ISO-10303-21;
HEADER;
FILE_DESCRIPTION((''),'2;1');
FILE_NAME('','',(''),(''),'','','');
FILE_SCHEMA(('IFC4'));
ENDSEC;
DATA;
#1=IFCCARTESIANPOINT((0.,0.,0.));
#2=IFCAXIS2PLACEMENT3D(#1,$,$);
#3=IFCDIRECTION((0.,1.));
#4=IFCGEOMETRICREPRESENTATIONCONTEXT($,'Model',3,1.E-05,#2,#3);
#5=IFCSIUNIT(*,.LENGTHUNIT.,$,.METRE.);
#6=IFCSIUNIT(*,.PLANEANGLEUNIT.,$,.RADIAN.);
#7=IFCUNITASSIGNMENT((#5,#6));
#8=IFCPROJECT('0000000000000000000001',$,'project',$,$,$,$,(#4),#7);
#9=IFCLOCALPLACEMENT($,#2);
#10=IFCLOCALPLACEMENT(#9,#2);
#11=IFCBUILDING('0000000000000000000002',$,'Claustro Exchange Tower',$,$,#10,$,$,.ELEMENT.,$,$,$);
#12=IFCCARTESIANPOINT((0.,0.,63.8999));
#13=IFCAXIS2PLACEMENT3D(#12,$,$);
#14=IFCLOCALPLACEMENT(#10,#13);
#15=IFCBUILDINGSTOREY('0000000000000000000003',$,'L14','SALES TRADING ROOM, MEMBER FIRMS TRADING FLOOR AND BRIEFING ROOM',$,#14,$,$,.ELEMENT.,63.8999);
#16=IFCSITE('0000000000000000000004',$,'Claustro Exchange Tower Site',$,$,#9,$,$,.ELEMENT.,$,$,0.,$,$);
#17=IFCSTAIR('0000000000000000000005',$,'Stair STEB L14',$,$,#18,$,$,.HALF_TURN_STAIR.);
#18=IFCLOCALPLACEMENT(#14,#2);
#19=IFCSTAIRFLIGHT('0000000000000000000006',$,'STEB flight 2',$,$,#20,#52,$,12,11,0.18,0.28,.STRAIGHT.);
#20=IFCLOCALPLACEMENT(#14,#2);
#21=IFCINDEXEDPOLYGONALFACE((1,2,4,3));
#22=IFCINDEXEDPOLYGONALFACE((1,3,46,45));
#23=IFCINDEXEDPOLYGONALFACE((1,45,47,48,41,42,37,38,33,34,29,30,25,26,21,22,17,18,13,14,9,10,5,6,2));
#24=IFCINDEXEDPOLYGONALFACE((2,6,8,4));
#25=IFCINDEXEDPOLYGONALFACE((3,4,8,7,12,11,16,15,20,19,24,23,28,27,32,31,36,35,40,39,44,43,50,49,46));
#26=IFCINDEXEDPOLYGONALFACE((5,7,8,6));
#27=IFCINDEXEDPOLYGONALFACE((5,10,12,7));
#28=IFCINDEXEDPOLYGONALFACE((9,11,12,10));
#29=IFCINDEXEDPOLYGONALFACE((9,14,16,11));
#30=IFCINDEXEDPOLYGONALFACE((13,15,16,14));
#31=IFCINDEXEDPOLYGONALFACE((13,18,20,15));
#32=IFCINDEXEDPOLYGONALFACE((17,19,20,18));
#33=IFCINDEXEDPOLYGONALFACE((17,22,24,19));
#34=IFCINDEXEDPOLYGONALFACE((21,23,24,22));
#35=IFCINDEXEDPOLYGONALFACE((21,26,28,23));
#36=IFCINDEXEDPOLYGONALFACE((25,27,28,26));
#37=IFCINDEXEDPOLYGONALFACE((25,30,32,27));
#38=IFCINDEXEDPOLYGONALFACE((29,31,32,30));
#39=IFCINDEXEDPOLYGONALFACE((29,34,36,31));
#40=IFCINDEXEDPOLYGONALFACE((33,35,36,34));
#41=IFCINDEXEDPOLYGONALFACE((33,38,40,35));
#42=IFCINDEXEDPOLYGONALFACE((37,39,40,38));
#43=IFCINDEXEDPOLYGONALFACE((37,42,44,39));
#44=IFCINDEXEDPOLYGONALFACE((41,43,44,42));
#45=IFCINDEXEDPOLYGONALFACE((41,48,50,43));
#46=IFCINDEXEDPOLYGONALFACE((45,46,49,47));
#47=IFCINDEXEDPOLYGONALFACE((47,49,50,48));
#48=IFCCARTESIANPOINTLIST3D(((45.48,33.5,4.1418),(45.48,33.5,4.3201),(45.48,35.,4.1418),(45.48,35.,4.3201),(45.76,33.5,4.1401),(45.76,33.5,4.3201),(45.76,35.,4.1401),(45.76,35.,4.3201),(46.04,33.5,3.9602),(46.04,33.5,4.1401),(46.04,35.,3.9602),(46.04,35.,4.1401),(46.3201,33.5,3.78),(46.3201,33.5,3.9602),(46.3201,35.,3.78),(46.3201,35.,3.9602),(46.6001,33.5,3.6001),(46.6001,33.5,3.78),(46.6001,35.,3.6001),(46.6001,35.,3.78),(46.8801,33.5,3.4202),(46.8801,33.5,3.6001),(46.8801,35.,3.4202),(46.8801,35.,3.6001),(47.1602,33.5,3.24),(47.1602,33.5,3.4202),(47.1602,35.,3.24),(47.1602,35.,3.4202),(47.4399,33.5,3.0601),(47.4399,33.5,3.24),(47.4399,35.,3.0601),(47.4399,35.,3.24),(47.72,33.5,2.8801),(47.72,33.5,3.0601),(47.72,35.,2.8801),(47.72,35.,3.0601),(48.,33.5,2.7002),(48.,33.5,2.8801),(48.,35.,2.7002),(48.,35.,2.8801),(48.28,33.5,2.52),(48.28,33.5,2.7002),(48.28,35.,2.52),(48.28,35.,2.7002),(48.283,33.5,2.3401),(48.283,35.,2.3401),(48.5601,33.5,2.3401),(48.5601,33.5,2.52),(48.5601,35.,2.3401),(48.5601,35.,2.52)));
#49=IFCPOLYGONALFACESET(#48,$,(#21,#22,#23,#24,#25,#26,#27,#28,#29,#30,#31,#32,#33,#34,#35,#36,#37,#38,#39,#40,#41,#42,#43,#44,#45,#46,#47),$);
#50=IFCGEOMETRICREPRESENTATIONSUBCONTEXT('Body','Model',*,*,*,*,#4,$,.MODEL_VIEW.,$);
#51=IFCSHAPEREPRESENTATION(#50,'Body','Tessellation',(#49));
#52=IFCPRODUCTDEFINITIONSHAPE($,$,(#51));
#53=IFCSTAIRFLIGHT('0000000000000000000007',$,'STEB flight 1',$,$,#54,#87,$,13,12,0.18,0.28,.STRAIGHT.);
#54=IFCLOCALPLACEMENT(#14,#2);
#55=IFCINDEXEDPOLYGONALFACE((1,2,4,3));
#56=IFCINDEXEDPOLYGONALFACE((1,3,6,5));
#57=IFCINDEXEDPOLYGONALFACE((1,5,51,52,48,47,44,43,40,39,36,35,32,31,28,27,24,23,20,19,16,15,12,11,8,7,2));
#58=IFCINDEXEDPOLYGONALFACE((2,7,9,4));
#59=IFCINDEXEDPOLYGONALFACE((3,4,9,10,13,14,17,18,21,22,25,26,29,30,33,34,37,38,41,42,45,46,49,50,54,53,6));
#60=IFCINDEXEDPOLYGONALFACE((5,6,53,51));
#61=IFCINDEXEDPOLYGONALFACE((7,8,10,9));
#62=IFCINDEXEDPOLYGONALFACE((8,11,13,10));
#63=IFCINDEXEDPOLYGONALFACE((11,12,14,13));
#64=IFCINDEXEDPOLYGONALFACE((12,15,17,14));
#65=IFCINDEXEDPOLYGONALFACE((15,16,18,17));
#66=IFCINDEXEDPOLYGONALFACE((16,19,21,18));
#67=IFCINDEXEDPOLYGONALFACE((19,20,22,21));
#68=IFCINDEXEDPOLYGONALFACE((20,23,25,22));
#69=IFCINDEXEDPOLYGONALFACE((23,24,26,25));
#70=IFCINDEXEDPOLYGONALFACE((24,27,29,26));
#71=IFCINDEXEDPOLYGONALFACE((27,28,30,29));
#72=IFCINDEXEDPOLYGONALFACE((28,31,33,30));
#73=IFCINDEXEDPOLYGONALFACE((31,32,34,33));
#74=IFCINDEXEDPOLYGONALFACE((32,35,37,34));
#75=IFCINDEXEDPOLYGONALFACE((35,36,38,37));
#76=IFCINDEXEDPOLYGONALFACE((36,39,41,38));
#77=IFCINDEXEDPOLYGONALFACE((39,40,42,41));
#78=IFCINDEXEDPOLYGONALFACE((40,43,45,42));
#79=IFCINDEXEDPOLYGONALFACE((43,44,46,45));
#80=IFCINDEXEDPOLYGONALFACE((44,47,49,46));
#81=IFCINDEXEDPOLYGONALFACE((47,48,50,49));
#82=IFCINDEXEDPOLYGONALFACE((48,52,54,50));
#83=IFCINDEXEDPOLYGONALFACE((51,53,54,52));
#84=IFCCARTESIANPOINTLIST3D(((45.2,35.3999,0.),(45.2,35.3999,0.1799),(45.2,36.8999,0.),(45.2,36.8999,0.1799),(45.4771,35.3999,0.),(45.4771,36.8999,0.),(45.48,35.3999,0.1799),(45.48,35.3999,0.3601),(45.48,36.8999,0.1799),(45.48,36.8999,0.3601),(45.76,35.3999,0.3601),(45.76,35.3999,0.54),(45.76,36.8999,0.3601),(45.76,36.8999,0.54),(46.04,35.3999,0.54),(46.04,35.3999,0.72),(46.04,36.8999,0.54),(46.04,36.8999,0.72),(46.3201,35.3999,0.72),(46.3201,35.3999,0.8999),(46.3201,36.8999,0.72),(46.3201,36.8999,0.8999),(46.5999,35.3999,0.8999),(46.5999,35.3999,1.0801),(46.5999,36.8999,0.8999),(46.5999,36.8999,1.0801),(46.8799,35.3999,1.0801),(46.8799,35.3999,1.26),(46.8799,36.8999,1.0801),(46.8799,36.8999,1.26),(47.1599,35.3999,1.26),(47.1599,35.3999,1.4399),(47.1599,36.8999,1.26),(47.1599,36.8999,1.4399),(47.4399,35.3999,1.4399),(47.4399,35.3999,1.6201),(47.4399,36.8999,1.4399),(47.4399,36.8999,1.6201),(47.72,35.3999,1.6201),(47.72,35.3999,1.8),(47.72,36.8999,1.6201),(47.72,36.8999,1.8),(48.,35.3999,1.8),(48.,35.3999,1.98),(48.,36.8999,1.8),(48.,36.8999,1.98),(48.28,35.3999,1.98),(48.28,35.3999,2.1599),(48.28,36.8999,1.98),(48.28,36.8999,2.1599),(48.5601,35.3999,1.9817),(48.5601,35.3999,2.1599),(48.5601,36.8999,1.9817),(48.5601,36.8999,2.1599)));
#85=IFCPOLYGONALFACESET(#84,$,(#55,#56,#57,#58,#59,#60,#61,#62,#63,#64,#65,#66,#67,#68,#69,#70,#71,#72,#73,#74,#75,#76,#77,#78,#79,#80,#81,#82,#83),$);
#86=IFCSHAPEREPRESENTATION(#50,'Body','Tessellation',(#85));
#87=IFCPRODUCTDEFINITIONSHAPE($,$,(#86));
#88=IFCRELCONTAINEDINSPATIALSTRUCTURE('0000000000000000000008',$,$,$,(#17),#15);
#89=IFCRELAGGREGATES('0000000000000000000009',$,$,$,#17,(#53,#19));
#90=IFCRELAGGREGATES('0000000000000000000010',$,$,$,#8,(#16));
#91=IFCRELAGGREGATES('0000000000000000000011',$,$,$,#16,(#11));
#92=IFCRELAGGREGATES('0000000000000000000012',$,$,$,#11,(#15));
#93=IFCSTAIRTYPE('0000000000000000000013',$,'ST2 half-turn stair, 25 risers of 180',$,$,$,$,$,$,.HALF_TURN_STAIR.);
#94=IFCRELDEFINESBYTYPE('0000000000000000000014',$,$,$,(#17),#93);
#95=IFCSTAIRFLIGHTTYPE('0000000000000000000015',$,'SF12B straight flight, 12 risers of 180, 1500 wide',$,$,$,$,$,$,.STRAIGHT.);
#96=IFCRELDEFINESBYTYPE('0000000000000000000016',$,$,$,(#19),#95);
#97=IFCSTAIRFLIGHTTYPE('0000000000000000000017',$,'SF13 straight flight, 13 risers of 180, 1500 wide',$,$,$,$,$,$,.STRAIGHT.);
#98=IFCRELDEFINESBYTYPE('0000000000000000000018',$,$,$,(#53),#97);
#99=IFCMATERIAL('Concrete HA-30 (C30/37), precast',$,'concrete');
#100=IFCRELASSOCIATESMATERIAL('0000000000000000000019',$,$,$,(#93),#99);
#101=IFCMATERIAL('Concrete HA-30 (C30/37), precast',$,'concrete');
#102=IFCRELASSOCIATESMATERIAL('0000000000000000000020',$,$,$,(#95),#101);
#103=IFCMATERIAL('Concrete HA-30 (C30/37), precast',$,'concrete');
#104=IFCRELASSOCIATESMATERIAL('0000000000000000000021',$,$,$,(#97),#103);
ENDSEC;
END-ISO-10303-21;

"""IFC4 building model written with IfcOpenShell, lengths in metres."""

from ifc_helpers import new_model, si_unit, direction, frame, origin, place, context, subcontext, project, spatial, polyline, outline, extrude, material, type_object, element, aggregate, save


model = new_model("IFC4")

# Units and contexts
model_context = context("Model", 3, precision=1e-05, world=origin(), true_north=direction((0.0, 1.0)))
body_context = subcontext(model_context, "Body", "Model", "MODEL_VIEW")
ifc_project = project(units=[si_unit("LENGTHUNIT", "METRE"), si_unit("PLANEANGLEUNIT", "RADIAN")], contexts=[model_context])

# Site, building, storey
site_placement = place(None, origin())
site = spatial("IfcSite", under=ifc_project, at=site_placement, Name="Claustro Exchange Tower Site", CompositionType="ELEMENT", RefElevation=0.0)
building_placement = place(site_placement, origin())
building = spatial("IfcBuilding", under=site, at=building_placement, Name="Claustro Exchange Tower", CompositionType="ELEMENT")
storey_placement = place(building_placement, frame((0.0, 0.0, 63.8999)))
storey = spatial("IfcBuildingStorey", under=building, at=storey_placement, Name="L14", Description="SALES TRADING ROOM, MEMBER FIRMS TRADING FLOOR AND BRIEFING ROOM", CompositionType="ELEMENT", Elevation=63.8999)

# Stair, stair flights
ifc_material_1 = material(Name="Concrete HA-30 (C30/37), precast", Category="concrete")
stair_type = type_object("IfcStairType", Name="ST2 half-turn stair, 25 risers of 180", PredefinedType="HALF_TURN_STAIR", material=ifc_material_1)
stair_placement = place(storey_placement, origin())
stair = element("IfcStair", 1, at=stair_placement, inside=storey, type_object=stair_type, Name="Stair STEB L14", PredefinedType="HALF_TURN_STAIR")
ifc_material_2 = material(Name="Concrete HA-30 (C30/37), precast", Category="concrete")
stair_flight_type_1 = type_object("IfcStairFlightType", Name="SF12B straight flight, 12 risers of 180, 1500 wide", PredefinedType="STRAIGHT", material=ifc_material_2)
stair_flight_1_placement = place(storey_placement, frame((48.5601, 34.25, 2.3401), z_axis=(0.0, 0.0, 1.0), x_axis=(-1.0, 0.0, 0.0)))
stair_flight_1 = element("IfcStairFlight", 2, at=stair_flight_1_placement, type_object=stair_flight_type_1, Name="STEB flight 2", NumberOfRisers=12, NumberOfTreads=11, PredefinedType="STRAIGHT", RiserHeight=0.18, TreadLength=0.28, context=body_context, shape_type="SweptSolid", body=[
    extrude(outline(polyline([(0.0, 0.0), (0.0, 0.1799), (0.28, 0.1799), (0.28, 0.3601), (0.5601, 0.3601), (0.5601, 0.54), (0.8401, 0.54), (0.8401, 0.72), (1.1201, 0.72), (1.1201, 0.8999), (1.3999, 0.8999), (1.3999, 1.0801), (1.6799, 1.0801), (1.6799, 1.26), (1.96, 1.26), (1.96, 1.4399), (2.24, 1.4399), (2.24, 1.6201), (2.52, 1.6201), (2.52, 1.8), (2.8, 1.8), (2.8, 1.98), (3.0801, 1.98), (3.0801, 2.1599), (3.0801, 1.8018), (0.2771, 0.0), (0.0, 0.0)])), frame((0.0, 0.75, 0.0), z_axis=(0.0, -1.0, 0.0), x_axis=(1.0, 0.0, 0.0)), (0.0, 0.0, 1.0), 1.5),
])
ifc_material_3 = material(Name="Concrete HA-30 (C30/37), precast", Category="concrete")
stair_flight_type_2 = type_object("IfcStairFlightType", Name="SF13 straight flight, 13 risers of 180, 1500 wide", PredefinedType="STRAIGHT", material=ifc_material_3)
stair_flight_2_placement = place(storey_placement, frame((45.2, 36.1499, 0.0), z_axis=(0.0, 0.0, 1.0), x_axis=(1.0, 0.0, 0.0)))
stair_flight_2 = element("IfcStairFlight", 3, at=stair_flight_2_placement, type_object=stair_flight_type_2, Name="STEB flight 1", NumberOfRisers=13, NumberOfTreads=12, PredefinedType="STRAIGHT", RiserHeight=0.18, TreadLength=0.28, context=body_context, shape_type="SweptSolid", body=[
    extrude(outline(polyline([(0.0, 0.0), (0.0, 0.1799), (0.28, 0.1799), (0.28, 0.3601), (0.5601, 0.3601), (0.5601, 0.54), (0.8401, 0.54), (0.8401, 0.72), (1.1201, 0.72), (1.1201, 0.8999), (1.3999, 0.8999), (1.3999, 1.0801), (1.6799, 1.0801), (1.6799, 1.26), (1.96, 1.26), (1.96, 1.4399), (2.24, 1.4399), (2.24, 1.6201), (2.52, 1.6201), (2.52, 1.8), (2.8, 1.8), (2.8, 1.98), (3.0801, 1.98), (3.0801, 2.1599), (3.3601, 2.1599), (3.3601, 2.3401), (3.3601, 1.9817), (0.2771, 0.0), (0.0, 0.0)])), frame((0.0, 0.75, 0.0), z_axis=(0.0, -1.0, 0.0), x_axis=(1.0, 0.0, 0.0)), (0.0, 0.0, 1.0), 1.5),
])
aggregate(stair, [stair_flight_2, stair_flight_1])

save(model, "model.ifc")
